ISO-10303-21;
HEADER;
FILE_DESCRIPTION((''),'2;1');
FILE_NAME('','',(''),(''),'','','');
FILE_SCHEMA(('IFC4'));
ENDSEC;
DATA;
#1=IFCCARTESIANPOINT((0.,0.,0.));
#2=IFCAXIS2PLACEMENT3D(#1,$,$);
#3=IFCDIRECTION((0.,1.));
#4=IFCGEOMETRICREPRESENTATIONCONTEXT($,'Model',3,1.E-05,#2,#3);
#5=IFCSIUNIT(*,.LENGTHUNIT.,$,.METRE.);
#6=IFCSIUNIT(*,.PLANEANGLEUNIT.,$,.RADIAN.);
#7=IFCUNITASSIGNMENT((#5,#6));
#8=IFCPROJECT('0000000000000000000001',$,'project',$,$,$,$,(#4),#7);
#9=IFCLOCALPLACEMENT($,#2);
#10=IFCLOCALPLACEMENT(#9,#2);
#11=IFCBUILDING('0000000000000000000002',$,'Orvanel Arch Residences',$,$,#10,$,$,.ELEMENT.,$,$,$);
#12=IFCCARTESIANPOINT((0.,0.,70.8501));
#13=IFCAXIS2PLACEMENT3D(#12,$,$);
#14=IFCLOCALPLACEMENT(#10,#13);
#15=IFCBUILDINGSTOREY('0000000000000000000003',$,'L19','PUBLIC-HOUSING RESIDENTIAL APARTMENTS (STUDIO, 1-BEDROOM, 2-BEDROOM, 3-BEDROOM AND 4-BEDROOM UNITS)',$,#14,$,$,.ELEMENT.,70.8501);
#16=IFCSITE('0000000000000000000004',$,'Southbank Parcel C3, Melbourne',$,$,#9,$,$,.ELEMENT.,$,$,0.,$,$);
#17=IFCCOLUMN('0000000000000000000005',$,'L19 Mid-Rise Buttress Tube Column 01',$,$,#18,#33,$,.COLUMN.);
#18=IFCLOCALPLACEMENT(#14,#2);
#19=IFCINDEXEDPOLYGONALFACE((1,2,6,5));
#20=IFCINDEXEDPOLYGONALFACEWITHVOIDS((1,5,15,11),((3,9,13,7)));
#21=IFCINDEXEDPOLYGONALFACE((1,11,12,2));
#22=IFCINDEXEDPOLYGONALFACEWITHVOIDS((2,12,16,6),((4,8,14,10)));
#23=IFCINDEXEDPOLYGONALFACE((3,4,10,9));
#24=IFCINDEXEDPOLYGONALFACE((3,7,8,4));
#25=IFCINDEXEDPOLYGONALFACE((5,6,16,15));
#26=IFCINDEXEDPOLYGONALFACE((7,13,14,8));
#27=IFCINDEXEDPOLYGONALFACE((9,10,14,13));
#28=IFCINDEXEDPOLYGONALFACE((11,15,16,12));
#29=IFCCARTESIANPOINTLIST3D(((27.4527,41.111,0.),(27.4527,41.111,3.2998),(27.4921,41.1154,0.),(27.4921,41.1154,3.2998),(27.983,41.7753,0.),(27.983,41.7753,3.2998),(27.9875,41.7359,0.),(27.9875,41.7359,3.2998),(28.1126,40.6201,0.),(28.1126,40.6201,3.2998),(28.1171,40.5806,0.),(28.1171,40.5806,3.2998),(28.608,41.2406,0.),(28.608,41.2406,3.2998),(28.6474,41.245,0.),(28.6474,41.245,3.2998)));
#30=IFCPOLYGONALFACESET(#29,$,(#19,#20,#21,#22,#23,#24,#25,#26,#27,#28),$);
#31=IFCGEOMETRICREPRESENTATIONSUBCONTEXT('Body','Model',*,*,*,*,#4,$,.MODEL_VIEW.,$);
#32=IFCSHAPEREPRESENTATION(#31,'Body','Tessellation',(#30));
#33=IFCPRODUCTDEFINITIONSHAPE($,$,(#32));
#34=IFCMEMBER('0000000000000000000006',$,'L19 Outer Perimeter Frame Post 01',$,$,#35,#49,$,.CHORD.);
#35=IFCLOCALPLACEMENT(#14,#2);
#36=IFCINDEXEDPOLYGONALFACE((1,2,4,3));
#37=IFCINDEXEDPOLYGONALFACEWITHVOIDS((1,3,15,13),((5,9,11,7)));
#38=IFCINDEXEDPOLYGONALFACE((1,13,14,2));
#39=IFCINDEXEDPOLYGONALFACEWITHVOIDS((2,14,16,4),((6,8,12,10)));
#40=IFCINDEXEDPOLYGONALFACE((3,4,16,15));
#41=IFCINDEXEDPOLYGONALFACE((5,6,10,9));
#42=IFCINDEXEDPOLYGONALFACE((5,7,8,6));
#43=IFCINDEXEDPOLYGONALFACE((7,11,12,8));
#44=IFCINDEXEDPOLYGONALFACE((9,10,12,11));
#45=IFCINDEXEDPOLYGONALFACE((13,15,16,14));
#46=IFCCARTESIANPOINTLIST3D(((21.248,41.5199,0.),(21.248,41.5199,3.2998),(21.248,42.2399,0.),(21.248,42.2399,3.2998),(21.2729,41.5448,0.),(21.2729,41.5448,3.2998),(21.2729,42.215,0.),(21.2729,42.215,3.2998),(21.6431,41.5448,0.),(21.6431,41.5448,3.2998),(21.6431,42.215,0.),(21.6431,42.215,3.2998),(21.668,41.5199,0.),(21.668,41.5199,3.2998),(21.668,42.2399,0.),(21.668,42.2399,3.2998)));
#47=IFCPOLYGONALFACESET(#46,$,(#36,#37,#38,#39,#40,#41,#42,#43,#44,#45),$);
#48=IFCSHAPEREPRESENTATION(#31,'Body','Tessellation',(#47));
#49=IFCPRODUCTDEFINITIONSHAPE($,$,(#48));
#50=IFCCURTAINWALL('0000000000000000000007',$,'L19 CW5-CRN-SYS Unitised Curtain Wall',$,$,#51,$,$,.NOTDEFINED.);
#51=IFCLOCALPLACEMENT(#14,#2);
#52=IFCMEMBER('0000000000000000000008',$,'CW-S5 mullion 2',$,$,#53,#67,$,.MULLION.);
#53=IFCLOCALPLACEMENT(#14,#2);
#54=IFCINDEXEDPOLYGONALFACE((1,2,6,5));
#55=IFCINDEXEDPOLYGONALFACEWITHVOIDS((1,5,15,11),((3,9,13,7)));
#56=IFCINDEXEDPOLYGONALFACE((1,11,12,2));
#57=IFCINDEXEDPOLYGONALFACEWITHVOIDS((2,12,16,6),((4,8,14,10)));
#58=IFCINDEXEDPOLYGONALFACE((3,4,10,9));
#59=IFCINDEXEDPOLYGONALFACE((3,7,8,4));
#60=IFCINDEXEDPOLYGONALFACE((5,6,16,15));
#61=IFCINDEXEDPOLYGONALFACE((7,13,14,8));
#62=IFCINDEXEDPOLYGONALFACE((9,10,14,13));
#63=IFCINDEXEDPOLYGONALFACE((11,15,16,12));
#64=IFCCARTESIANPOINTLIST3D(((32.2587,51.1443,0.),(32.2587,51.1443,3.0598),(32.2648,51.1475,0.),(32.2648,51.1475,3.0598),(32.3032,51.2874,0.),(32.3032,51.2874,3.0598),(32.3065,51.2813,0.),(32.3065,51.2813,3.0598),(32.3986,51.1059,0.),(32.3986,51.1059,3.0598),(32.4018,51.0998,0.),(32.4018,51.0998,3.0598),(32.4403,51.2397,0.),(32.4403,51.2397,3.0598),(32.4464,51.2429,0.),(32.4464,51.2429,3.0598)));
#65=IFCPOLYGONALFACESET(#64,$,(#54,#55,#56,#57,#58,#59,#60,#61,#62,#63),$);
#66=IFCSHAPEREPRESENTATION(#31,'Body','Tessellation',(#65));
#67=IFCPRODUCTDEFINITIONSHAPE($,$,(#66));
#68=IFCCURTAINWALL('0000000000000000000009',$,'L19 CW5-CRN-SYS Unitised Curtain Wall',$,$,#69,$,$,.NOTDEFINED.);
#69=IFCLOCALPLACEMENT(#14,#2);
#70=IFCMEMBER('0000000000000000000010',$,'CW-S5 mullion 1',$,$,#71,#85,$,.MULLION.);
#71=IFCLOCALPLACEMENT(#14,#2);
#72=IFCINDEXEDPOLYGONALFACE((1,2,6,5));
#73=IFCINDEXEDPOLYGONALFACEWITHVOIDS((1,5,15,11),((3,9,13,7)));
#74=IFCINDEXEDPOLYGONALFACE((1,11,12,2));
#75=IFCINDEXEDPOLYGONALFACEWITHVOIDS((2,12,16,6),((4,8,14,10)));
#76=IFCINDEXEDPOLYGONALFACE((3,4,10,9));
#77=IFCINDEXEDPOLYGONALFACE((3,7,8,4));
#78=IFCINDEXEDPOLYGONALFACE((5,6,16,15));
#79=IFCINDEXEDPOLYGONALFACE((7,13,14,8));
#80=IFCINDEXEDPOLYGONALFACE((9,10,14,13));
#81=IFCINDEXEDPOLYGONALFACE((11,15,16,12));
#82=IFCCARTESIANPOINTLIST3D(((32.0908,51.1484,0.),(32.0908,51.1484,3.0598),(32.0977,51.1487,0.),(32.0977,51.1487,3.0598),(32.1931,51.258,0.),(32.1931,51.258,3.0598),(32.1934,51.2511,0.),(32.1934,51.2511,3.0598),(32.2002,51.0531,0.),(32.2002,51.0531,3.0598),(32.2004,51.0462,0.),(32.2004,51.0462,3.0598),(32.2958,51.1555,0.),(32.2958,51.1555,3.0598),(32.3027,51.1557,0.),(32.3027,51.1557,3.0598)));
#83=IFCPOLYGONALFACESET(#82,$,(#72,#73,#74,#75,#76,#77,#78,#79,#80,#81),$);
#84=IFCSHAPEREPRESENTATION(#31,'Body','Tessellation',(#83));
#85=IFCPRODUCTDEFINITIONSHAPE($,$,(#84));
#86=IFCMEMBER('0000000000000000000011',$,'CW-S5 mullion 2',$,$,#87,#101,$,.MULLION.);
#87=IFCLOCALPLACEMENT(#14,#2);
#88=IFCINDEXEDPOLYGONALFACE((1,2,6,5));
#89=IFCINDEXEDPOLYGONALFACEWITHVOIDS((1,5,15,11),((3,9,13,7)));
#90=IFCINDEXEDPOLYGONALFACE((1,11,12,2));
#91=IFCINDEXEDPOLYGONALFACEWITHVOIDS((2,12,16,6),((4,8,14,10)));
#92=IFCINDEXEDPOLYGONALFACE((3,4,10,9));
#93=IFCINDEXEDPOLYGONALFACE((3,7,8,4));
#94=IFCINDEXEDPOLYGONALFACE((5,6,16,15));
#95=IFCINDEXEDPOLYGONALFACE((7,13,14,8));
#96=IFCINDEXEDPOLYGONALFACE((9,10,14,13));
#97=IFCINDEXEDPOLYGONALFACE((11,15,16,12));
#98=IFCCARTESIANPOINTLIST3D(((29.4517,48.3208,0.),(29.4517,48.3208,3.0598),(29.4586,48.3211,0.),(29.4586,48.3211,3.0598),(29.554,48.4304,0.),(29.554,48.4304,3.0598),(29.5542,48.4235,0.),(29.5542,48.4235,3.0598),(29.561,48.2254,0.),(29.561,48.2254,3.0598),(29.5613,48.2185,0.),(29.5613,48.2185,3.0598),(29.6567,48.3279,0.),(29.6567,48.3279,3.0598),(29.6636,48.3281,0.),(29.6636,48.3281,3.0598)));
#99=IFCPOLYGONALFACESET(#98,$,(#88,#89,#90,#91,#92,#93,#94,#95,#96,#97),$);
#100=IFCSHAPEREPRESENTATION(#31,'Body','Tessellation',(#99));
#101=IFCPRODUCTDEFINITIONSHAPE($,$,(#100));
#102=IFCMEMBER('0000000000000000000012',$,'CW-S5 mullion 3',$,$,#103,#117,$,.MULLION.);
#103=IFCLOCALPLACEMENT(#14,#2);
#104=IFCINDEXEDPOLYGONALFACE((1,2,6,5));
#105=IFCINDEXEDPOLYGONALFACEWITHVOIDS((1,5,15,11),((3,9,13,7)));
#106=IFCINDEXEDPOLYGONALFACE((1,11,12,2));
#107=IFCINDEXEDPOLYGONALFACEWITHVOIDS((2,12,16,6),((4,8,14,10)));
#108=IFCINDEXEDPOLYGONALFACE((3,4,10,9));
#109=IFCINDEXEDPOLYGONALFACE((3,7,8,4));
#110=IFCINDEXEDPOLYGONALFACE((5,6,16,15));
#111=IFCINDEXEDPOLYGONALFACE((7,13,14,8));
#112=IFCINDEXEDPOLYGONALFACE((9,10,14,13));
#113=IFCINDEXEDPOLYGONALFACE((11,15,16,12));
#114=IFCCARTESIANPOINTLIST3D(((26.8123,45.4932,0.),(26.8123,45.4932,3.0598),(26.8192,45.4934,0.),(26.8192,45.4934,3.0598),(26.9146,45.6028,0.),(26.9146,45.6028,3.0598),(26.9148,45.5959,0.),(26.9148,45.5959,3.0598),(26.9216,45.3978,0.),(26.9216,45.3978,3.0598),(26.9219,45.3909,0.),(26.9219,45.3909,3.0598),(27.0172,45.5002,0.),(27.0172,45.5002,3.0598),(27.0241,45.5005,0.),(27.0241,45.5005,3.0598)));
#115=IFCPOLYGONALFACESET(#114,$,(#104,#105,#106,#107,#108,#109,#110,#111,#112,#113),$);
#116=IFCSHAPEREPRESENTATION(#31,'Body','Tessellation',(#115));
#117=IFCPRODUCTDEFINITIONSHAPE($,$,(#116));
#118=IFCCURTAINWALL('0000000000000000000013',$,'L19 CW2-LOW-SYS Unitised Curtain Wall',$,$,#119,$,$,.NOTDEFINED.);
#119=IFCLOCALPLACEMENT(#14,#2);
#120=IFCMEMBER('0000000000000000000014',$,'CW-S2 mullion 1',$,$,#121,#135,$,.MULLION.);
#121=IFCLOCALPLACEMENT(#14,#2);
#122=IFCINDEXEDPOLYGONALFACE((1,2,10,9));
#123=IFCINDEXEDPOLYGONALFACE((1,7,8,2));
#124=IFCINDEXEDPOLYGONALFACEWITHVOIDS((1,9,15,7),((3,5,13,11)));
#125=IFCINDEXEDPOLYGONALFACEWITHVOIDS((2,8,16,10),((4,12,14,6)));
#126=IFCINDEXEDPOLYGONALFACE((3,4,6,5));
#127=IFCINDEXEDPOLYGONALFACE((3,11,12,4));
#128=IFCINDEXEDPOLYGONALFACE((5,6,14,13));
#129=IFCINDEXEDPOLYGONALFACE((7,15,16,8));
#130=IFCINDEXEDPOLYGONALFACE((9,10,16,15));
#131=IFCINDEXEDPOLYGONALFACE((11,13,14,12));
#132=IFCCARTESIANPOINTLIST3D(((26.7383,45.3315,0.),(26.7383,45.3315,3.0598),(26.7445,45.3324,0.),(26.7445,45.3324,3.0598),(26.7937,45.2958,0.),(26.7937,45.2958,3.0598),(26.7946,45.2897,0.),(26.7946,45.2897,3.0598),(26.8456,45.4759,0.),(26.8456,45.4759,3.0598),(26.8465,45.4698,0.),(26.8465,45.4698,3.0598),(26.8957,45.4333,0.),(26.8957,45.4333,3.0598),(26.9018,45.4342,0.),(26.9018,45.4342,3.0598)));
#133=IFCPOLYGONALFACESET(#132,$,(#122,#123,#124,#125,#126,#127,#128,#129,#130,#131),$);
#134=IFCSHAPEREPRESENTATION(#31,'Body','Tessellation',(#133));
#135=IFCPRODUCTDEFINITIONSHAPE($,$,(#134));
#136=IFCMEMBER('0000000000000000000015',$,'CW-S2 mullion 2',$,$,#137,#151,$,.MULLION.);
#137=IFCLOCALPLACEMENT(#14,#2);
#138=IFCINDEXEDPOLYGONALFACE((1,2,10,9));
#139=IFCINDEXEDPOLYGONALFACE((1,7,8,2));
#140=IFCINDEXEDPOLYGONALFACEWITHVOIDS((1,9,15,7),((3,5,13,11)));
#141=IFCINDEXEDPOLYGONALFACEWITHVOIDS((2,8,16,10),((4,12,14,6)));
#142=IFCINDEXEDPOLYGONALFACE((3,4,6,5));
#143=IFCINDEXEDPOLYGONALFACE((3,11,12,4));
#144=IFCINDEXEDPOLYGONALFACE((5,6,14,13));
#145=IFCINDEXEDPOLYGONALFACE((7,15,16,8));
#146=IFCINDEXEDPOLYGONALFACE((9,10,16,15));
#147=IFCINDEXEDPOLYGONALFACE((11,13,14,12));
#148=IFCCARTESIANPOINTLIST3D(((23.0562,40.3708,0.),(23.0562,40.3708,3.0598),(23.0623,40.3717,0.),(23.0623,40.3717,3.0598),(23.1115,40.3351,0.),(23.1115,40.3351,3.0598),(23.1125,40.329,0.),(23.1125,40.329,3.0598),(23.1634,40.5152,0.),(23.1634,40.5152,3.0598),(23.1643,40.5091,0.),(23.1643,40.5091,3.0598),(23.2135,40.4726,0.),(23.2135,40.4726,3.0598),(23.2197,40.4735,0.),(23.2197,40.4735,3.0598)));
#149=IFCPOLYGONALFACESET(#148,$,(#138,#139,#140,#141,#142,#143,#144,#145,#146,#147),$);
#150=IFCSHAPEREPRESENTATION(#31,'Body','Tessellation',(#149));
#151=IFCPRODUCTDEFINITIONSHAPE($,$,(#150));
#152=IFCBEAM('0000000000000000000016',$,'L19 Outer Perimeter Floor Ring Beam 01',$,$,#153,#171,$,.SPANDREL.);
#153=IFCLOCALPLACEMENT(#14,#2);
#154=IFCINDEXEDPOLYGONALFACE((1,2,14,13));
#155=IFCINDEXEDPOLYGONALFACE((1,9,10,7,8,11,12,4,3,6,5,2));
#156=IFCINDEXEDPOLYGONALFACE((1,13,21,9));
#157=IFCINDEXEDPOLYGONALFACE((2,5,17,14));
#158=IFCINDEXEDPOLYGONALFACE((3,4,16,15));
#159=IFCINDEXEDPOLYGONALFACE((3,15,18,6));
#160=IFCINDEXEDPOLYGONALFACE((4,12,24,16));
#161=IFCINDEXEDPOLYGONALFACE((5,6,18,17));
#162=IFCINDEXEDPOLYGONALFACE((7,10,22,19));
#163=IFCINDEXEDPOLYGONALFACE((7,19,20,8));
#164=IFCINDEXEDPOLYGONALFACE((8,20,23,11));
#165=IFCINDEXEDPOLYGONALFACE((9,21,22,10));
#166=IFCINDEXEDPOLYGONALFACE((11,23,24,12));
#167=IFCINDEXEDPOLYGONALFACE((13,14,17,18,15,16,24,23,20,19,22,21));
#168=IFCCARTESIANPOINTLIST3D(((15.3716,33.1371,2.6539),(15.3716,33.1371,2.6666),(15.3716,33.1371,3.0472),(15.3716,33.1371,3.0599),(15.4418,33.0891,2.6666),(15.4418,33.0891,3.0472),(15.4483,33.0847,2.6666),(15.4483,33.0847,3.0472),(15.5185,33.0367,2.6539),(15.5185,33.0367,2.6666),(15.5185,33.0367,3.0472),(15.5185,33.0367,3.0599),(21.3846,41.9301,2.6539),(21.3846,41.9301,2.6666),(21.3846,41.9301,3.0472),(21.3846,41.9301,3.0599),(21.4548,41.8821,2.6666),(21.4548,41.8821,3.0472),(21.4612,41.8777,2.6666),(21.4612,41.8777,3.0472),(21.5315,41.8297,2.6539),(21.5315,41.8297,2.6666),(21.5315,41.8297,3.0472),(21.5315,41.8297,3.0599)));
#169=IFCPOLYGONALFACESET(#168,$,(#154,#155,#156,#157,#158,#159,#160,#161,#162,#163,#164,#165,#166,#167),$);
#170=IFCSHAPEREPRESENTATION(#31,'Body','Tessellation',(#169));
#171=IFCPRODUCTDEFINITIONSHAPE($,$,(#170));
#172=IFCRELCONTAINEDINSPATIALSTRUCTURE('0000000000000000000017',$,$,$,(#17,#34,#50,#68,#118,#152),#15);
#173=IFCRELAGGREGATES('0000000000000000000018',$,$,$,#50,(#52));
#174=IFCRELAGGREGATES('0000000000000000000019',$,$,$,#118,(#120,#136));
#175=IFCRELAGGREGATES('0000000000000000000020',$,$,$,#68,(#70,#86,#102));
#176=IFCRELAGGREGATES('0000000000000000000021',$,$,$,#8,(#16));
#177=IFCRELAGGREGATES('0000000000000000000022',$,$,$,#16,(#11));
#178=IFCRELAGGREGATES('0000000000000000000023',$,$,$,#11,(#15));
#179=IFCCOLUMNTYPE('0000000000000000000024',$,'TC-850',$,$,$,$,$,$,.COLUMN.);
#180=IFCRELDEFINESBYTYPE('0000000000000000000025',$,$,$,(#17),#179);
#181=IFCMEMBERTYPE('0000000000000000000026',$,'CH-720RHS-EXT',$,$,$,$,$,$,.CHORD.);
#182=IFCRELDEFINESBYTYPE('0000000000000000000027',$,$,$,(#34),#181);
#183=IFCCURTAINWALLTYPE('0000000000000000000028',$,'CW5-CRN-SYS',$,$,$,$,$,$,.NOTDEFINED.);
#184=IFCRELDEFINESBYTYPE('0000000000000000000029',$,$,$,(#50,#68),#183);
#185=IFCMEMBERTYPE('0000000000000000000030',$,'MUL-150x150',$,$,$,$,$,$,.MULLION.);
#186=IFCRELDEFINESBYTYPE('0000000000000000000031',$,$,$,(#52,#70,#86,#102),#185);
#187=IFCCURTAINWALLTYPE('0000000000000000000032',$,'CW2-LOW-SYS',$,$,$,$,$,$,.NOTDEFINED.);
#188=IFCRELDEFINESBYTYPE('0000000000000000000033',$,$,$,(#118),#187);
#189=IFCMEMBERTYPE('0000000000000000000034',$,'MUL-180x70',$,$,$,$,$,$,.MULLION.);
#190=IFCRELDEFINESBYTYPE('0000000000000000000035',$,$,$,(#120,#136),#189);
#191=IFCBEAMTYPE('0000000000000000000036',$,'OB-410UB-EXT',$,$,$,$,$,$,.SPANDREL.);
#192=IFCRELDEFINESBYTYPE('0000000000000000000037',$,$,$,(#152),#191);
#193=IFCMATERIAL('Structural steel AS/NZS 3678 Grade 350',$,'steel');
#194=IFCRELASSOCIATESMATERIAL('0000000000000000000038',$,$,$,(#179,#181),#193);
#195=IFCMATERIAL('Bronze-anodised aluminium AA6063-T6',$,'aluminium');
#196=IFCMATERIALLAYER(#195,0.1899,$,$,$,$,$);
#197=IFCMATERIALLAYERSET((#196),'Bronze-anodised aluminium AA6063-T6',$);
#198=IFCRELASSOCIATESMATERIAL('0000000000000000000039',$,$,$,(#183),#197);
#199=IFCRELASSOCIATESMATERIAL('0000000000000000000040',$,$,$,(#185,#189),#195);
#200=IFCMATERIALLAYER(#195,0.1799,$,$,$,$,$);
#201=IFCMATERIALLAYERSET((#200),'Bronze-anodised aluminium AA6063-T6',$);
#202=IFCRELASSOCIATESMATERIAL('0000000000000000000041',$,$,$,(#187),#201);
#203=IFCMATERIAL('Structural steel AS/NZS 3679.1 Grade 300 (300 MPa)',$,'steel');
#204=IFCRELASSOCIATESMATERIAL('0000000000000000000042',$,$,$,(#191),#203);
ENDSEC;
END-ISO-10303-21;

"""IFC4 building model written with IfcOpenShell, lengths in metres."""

from ifc_helpers import new_model, si_unit, direction, frame, origin, origin_2d, place, context, subcontext, project, spatial, hollow_rectangle, i_section, extrude, material, layer, layer_set, material_profile, profile_set, type_object, element, aggregate, save


model = new_model("IFC4")

# Units and contexts
model_context = context("Model", 3, precision=1e-05, world=origin(), true_north=direction((0.0, 1.0)))
body_context = subcontext(model_context, "Body", "Model", "MODEL_VIEW")
ifc_project = project(units=[si_unit("LENGTHUNIT", "METRE"), si_unit("PLANEANGLEUNIT", "RADIAN")], contexts=[model_context])

# Site, building, storey
site_placement = place(None, origin())
site = spatial("IfcSite", under=ifc_project, at=site_placement, Name="Southbank Parcel C3, Melbourne", CompositionType="ELEMENT", RefElevation=0.0)
building_placement = place(site_placement, origin())
building = spatial("IfcBuilding", under=site, at=building_placement, Name="Orvanel Arch Residences", CompositionType="ELEMENT")
storey_placement = place(building_placement, frame((0.0, 0.0, 70.8501)))
storey = spatial("IfcBuildingStorey", under=building, at=storey_placement, Name="L19", Description="PUBLIC-HOUSING RESIDENTIAL APARTMENTS (STUDIO, 1-BEDROOM, 2-BEDROOM, 3-BEDROOM AND 4-BEDROOM UNITS)", CompositionType="ELEMENT", Elevation=70.8501)

# Column
ifc_material_1 = material(Name="Structural steel AS/NZS 3678 Grade 350", Category="steel")
ifc_material_profile_1 = material_profile(ifc_material_1, hollow_rectangle(XDim=0.8501, YDim=0.8501, WallThickness=0.0281, at=origin_2d()), Name="BOX850x850x28")
ifc_profile_set_1 = profile_set([ifc_material_profile_1], Name="Structural steel AS/NZS 3678 Grade 350")
column_type = type_object("IfcColumnType", Name="TC-850", PredefinedType="COLUMN", material=ifc_profile_set_1)
column_placement = place(storey_placement, frame((28.05, 41.178, 0.0), z_axis=(0.0, 0.0, 1.0), x_axis=(0.62388, 0.78152, 0.0)))
element("IfcColumn", 1, at=column_placement, inside=storey, type_object=column_type, Name="L19 Mid-Rise Buttress Tube Column 01", PredefinedType="COLUMN", context=body_context, shape_type="SweptSolid", body=[
    extrude(hollow_rectangle(XDim=0.8501, YDim=0.8501, WallThickness=0.0281, at=origin_2d()), origin(), (0.0, 0.0, 1.0), 3.2998),
])

# Member
ifc_material_profile_2 = material_profile(ifc_material_1, hollow_rectangle(XDim=0.4199, YDim=0.72, WallThickness=0.0249, at=origin_2d()), Name="RHS720x420x25")
ifc_profile_set_2 = profile_set([ifc_material_profile_2], Name="Structural steel AS/NZS 3678 Grade 350")
member_type_1 = type_object("IfcMemberType", Name="CH-720RHS-EXT", PredefinedType="CHORD", material=ifc_profile_set_2)
member_1_placement = place(storey_placement, frame((21.458, 41.8799, 0.0), z_axis=(0.0, 0.0, 1.0), x_axis=(1.0, 0.0, 0.0)))
element("IfcMember", 2, at=member_1_placement, inside=storey, type_object=member_type_1, Name="L19 Outer Perimeter Frame Post 01", PredefinedType="CHORD", context=body_context, shape_type="SweptSolid", body=[
    extrude(hollow_rectangle(XDim=0.4199, YDim=0.72, WallThickness=0.0249, at=origin_2d()), origin(), (0.0, 0.0, 1.0), 3.2998),
])

# Curtain wall, member
ifc_material_2 = material(Name="Bronze-anodised aluminium AA6063-T6", Category="aluminium")
ifc_layer_1 = layer(ifc_material_2, 0.1899)
ifc_layer_set_1 = layer_set([ifc_layer_1], Name="Bronze-anodised aluminium AA6063-T6")
curtain_wall_type_1 = type_object("IfcCurtainWallType", Name="CW5-CRN-SYS", PredefinedType="NOTDEFINED", material=ifc_layer_set_1)
curtain_wall_1_placement = place(storey_placement, origin())
curtain_wall_1 = element("IfcCurtainWall", 3, at=curtain_wall_1_placement, inside=storey, type_object=curtain_wall_type_1, Name="L19 CW5-CRN-SYS Unitised Curtain Wall", PredefinedType="NOTDEFINED")
ifc_material_profile_3 = material_profile(ifc_material_2, hollow_rectangle(XDim=0.1499, YDim=0.1499, WallThickness=0.0049, at=origin_2d()), Name="ALU150x150x5")
ifc_profile_set_3 = profile_set([ifc_material_profile_3], Name="Bronze-anodised aluminium AA6063-T6")
member_type_2 = type_object("IfcMemberType", Name="MUL-150x150", PredefinedType="MULLION", material=ifc_profile_set_3)
member_2_placement = place(storey_placement, frame((32.3525, 51.1936, 0.0), z_axis=(0.0, 0.0, 1.0), x_axis=(-0.2971, -0.954846, 0.0)))
member_2 = element("IfcMember", 4, at=member_2_placement, type_object=member_type_2, Name="CW-S5 mullion 2", PredefinedType="MULLION", context=body_context, shape_type="SweptSolid", body=[
    extrude(hollow_rectangle(XDim=0.1499, YDim=0.1499, WallThickness=0.0049, at=origin_2d()), origin(), (0.0, 0.0, 1.0), 3.0598),
])
aggregate(curtain_wall_1, [member_2])

# Curtain walls, members
curtain_wall_2_placement = place(storey_placement, origin())
curtain_wall_2 = element("IfcCurtainWall", 5, at=curtain_wall_2_placement, inside=storey, type_object=curtain_wall_type_1, Name="L19 CW5-CRN-SYS Unitised Curtain Wall", PredefinedType="NOTDEFINED")
member_3_placement = place(storey_placement, frame((32.1968, 51.1521, 0.0), z_axis=(0.0, 0.0, 1.0), x_axis=(0.731034, -0.682341, 0.0)))
member_3 = element("IfcMember", 6, at=member_3_placement, type_object=member_type_2, Name="CW-S5 mullion 1", PredefinedType="MULLION", context=body_context, shape_type="SweptSolid", body=[
    extrude(hollow_rectangle(XDim=0.1499, YDim=0.1499, WallThickness=0.0049, at=origin_2d()), origin(), (0.0, 0.0, 1.0), 3.0598),
])
member_4_placement = place(storey_placement, frame((29.5576, 48.3245, 0.0), z_axis=(0.0, 0.0, 1.0), x_axis=(0.731034, -0.682341, 0.0)))
member_4 = element("IfcMember", 7, at=member_4_placement, type_object=member_type_2, Name="CW-S5 mullion 2", PredefinedType="MULLION", context=body_context, shape_type="SweptSolid", body=[
    extrude(hollow_rectangle(XDim=0.1499, YDim=0.1499, WallThickness=0.0049, at=origin_2d()), origin(), (0.0, 0.0, 1.0), 3.0598),
])
member_5_placement = place(storey_placement, frame((26.9182, 45.4968, 0.0), z_axis=(0.0, 0.0, 1.0), x_axis=(0.731034, -0.682341, 0.0)))
member_5 = element("IfcMember", 8, at=member_5_placement, type_object=member_type_2, Name="CW-S5 mullion 3", PredefinedType="MULLION", context=body_context, shape_type="SweptSolid", body=[
    extrude(hollow_rectangle(XDim=0.1499, YDim=0.1499, WallThickness=0.0049, at=origin_2d()), origin(), (0.0, 0.0, 1.0), 3.0598),
])
ifc_layer_2 = layer(ifc_material_2, 0.1799)
ifc_layer_set_2 = layer_set([ifc_layer_2], Name="Bronze-anodised aluminium AA6063-T6")
curtain_wall_type_2 = type_object("IfcCurtainWallType", Name="CW2-LOW-SYS", PredefinedType="NOTDEFINED", material=ifc_layer_set_2)
curtain_wall_3_placement = place(storey_placement, origin())
curtain_wall_3 = element("IfcCurtainWall", 9, at=curtain_wall_3_placement, inside=storey, type_object=curtain_wall_type_2, Name="L19 CW2-LOW-SYS Unitised Curtain Wall", PredefinedType="NOTDEFINED")
ifc_material_profile_4 = material_profile(ifc_material_2, hollow_rectangle(XDim=0.0701, YDim=0.1799, WallThickness=0.0044, at=origin_2d()), Name="ALU180x70x4.5")
ifc_profile_set_4 = profile_set([ifc_material_profile_4], Name="Bronze-anodised aluminium AA6063-T6")
member_type_3 = type_object("IfcMemberType", Name="MUL-180x70", PredefinedType="MULLION", material=ifc_profile_set_4)
member_6_placement = place(storey_placement, frame((26.8201, 45.3828, 0.0), z_axis=(0.0, 0.0, 1.0), x_axis=(0.802984, -0.596001, 0.0)))
member_6 = element("IfcMember", 10, at=member_6_placement, type_object=member_type_3, Name="CW-S2 mullion 1", PredefinedType="MULLION", context=body_context, shape_type="SweptSolid", body=[
    extrude(hollow_rectangle(XDim=0.0701, YDim=0.1799, WallThickness=0.0044, at=origin_2d()), origin(), (0.0, 0.0, 1.0), 3.0598),
])
member_7_placement = place(storey_placement, frame((23.1379, 40.4221, 0.0), z_axis=(0.0, 0.0, 1.0), x_axis=(0.802984, -0.596001, 0.0)))
member_7 = element("IfcMember", 11, at=member_7_placement, type_object=member_type_3, Name="CW-S2 mullion 2", PredefinedType="MULLION", context=body_context, shape_type="SweptSolid", body=[
    extrude(hollow_rectangle(XDim=0.0701, YDim=0.1799, WallThickness=0.0044, at=origin_2d()), origin(), (0.0, 0.0, 1.0), 3.0598),
])

# Beam
ifc_material_3 = material(Name="Structural steel AS/NZS 3679.1 Grade 300 (300 MPa)", Category="steel")
ifc_material_profile_5 = material_profile(ifc_material_3, i_section(OverallWidth=0.178, OverallDepth=0.406, WebThickness=0.0078, FlangeThickness=0.0127, at=origin_2d()), Name="410UB59.7")
ifc_profile_set_5 = profile_set([ifc_material_profile_5], Name="Structural steel AS/NZS 3679.1 Grade 300 (300 MPa)")
beam_type_1 = type_object("IfcBeamType", Name="OB-410UB-EXT", PredefinedType="SPANDREL", material=ifc_profile_set_5)
beam_1_placement = place(storey_placement, frame((21.458, 41.8799, 2.8569), z_axis=(-0.564473, -0.825452, 0.0), x_axis=(0.825452, -0.564473, 0.0)))
element("IfcBeam", 12, at=beam_1_placement, inside=storey, type_object=beam_type_1, Name="L19 Outer Perimeter Floor Ring Beam 01", PredefinedType="SPANDREL", context=body_context, shape_type="SweptSolid", body=[
    extrude(i_section(OverallWidth=0.178, OverallDepth=0.406, WebThickness=0.0078, FlangeThickness=0.0127, at=origin_2d()), origin(), (0.0, 0.0, 1.0), 10.6523),
])

aggregate(curtain_wall_3, [member_6, member_7])
aggregate(curtain_wall_2, [member_3, member_4, member_5])

save(model, "model.ifc")
